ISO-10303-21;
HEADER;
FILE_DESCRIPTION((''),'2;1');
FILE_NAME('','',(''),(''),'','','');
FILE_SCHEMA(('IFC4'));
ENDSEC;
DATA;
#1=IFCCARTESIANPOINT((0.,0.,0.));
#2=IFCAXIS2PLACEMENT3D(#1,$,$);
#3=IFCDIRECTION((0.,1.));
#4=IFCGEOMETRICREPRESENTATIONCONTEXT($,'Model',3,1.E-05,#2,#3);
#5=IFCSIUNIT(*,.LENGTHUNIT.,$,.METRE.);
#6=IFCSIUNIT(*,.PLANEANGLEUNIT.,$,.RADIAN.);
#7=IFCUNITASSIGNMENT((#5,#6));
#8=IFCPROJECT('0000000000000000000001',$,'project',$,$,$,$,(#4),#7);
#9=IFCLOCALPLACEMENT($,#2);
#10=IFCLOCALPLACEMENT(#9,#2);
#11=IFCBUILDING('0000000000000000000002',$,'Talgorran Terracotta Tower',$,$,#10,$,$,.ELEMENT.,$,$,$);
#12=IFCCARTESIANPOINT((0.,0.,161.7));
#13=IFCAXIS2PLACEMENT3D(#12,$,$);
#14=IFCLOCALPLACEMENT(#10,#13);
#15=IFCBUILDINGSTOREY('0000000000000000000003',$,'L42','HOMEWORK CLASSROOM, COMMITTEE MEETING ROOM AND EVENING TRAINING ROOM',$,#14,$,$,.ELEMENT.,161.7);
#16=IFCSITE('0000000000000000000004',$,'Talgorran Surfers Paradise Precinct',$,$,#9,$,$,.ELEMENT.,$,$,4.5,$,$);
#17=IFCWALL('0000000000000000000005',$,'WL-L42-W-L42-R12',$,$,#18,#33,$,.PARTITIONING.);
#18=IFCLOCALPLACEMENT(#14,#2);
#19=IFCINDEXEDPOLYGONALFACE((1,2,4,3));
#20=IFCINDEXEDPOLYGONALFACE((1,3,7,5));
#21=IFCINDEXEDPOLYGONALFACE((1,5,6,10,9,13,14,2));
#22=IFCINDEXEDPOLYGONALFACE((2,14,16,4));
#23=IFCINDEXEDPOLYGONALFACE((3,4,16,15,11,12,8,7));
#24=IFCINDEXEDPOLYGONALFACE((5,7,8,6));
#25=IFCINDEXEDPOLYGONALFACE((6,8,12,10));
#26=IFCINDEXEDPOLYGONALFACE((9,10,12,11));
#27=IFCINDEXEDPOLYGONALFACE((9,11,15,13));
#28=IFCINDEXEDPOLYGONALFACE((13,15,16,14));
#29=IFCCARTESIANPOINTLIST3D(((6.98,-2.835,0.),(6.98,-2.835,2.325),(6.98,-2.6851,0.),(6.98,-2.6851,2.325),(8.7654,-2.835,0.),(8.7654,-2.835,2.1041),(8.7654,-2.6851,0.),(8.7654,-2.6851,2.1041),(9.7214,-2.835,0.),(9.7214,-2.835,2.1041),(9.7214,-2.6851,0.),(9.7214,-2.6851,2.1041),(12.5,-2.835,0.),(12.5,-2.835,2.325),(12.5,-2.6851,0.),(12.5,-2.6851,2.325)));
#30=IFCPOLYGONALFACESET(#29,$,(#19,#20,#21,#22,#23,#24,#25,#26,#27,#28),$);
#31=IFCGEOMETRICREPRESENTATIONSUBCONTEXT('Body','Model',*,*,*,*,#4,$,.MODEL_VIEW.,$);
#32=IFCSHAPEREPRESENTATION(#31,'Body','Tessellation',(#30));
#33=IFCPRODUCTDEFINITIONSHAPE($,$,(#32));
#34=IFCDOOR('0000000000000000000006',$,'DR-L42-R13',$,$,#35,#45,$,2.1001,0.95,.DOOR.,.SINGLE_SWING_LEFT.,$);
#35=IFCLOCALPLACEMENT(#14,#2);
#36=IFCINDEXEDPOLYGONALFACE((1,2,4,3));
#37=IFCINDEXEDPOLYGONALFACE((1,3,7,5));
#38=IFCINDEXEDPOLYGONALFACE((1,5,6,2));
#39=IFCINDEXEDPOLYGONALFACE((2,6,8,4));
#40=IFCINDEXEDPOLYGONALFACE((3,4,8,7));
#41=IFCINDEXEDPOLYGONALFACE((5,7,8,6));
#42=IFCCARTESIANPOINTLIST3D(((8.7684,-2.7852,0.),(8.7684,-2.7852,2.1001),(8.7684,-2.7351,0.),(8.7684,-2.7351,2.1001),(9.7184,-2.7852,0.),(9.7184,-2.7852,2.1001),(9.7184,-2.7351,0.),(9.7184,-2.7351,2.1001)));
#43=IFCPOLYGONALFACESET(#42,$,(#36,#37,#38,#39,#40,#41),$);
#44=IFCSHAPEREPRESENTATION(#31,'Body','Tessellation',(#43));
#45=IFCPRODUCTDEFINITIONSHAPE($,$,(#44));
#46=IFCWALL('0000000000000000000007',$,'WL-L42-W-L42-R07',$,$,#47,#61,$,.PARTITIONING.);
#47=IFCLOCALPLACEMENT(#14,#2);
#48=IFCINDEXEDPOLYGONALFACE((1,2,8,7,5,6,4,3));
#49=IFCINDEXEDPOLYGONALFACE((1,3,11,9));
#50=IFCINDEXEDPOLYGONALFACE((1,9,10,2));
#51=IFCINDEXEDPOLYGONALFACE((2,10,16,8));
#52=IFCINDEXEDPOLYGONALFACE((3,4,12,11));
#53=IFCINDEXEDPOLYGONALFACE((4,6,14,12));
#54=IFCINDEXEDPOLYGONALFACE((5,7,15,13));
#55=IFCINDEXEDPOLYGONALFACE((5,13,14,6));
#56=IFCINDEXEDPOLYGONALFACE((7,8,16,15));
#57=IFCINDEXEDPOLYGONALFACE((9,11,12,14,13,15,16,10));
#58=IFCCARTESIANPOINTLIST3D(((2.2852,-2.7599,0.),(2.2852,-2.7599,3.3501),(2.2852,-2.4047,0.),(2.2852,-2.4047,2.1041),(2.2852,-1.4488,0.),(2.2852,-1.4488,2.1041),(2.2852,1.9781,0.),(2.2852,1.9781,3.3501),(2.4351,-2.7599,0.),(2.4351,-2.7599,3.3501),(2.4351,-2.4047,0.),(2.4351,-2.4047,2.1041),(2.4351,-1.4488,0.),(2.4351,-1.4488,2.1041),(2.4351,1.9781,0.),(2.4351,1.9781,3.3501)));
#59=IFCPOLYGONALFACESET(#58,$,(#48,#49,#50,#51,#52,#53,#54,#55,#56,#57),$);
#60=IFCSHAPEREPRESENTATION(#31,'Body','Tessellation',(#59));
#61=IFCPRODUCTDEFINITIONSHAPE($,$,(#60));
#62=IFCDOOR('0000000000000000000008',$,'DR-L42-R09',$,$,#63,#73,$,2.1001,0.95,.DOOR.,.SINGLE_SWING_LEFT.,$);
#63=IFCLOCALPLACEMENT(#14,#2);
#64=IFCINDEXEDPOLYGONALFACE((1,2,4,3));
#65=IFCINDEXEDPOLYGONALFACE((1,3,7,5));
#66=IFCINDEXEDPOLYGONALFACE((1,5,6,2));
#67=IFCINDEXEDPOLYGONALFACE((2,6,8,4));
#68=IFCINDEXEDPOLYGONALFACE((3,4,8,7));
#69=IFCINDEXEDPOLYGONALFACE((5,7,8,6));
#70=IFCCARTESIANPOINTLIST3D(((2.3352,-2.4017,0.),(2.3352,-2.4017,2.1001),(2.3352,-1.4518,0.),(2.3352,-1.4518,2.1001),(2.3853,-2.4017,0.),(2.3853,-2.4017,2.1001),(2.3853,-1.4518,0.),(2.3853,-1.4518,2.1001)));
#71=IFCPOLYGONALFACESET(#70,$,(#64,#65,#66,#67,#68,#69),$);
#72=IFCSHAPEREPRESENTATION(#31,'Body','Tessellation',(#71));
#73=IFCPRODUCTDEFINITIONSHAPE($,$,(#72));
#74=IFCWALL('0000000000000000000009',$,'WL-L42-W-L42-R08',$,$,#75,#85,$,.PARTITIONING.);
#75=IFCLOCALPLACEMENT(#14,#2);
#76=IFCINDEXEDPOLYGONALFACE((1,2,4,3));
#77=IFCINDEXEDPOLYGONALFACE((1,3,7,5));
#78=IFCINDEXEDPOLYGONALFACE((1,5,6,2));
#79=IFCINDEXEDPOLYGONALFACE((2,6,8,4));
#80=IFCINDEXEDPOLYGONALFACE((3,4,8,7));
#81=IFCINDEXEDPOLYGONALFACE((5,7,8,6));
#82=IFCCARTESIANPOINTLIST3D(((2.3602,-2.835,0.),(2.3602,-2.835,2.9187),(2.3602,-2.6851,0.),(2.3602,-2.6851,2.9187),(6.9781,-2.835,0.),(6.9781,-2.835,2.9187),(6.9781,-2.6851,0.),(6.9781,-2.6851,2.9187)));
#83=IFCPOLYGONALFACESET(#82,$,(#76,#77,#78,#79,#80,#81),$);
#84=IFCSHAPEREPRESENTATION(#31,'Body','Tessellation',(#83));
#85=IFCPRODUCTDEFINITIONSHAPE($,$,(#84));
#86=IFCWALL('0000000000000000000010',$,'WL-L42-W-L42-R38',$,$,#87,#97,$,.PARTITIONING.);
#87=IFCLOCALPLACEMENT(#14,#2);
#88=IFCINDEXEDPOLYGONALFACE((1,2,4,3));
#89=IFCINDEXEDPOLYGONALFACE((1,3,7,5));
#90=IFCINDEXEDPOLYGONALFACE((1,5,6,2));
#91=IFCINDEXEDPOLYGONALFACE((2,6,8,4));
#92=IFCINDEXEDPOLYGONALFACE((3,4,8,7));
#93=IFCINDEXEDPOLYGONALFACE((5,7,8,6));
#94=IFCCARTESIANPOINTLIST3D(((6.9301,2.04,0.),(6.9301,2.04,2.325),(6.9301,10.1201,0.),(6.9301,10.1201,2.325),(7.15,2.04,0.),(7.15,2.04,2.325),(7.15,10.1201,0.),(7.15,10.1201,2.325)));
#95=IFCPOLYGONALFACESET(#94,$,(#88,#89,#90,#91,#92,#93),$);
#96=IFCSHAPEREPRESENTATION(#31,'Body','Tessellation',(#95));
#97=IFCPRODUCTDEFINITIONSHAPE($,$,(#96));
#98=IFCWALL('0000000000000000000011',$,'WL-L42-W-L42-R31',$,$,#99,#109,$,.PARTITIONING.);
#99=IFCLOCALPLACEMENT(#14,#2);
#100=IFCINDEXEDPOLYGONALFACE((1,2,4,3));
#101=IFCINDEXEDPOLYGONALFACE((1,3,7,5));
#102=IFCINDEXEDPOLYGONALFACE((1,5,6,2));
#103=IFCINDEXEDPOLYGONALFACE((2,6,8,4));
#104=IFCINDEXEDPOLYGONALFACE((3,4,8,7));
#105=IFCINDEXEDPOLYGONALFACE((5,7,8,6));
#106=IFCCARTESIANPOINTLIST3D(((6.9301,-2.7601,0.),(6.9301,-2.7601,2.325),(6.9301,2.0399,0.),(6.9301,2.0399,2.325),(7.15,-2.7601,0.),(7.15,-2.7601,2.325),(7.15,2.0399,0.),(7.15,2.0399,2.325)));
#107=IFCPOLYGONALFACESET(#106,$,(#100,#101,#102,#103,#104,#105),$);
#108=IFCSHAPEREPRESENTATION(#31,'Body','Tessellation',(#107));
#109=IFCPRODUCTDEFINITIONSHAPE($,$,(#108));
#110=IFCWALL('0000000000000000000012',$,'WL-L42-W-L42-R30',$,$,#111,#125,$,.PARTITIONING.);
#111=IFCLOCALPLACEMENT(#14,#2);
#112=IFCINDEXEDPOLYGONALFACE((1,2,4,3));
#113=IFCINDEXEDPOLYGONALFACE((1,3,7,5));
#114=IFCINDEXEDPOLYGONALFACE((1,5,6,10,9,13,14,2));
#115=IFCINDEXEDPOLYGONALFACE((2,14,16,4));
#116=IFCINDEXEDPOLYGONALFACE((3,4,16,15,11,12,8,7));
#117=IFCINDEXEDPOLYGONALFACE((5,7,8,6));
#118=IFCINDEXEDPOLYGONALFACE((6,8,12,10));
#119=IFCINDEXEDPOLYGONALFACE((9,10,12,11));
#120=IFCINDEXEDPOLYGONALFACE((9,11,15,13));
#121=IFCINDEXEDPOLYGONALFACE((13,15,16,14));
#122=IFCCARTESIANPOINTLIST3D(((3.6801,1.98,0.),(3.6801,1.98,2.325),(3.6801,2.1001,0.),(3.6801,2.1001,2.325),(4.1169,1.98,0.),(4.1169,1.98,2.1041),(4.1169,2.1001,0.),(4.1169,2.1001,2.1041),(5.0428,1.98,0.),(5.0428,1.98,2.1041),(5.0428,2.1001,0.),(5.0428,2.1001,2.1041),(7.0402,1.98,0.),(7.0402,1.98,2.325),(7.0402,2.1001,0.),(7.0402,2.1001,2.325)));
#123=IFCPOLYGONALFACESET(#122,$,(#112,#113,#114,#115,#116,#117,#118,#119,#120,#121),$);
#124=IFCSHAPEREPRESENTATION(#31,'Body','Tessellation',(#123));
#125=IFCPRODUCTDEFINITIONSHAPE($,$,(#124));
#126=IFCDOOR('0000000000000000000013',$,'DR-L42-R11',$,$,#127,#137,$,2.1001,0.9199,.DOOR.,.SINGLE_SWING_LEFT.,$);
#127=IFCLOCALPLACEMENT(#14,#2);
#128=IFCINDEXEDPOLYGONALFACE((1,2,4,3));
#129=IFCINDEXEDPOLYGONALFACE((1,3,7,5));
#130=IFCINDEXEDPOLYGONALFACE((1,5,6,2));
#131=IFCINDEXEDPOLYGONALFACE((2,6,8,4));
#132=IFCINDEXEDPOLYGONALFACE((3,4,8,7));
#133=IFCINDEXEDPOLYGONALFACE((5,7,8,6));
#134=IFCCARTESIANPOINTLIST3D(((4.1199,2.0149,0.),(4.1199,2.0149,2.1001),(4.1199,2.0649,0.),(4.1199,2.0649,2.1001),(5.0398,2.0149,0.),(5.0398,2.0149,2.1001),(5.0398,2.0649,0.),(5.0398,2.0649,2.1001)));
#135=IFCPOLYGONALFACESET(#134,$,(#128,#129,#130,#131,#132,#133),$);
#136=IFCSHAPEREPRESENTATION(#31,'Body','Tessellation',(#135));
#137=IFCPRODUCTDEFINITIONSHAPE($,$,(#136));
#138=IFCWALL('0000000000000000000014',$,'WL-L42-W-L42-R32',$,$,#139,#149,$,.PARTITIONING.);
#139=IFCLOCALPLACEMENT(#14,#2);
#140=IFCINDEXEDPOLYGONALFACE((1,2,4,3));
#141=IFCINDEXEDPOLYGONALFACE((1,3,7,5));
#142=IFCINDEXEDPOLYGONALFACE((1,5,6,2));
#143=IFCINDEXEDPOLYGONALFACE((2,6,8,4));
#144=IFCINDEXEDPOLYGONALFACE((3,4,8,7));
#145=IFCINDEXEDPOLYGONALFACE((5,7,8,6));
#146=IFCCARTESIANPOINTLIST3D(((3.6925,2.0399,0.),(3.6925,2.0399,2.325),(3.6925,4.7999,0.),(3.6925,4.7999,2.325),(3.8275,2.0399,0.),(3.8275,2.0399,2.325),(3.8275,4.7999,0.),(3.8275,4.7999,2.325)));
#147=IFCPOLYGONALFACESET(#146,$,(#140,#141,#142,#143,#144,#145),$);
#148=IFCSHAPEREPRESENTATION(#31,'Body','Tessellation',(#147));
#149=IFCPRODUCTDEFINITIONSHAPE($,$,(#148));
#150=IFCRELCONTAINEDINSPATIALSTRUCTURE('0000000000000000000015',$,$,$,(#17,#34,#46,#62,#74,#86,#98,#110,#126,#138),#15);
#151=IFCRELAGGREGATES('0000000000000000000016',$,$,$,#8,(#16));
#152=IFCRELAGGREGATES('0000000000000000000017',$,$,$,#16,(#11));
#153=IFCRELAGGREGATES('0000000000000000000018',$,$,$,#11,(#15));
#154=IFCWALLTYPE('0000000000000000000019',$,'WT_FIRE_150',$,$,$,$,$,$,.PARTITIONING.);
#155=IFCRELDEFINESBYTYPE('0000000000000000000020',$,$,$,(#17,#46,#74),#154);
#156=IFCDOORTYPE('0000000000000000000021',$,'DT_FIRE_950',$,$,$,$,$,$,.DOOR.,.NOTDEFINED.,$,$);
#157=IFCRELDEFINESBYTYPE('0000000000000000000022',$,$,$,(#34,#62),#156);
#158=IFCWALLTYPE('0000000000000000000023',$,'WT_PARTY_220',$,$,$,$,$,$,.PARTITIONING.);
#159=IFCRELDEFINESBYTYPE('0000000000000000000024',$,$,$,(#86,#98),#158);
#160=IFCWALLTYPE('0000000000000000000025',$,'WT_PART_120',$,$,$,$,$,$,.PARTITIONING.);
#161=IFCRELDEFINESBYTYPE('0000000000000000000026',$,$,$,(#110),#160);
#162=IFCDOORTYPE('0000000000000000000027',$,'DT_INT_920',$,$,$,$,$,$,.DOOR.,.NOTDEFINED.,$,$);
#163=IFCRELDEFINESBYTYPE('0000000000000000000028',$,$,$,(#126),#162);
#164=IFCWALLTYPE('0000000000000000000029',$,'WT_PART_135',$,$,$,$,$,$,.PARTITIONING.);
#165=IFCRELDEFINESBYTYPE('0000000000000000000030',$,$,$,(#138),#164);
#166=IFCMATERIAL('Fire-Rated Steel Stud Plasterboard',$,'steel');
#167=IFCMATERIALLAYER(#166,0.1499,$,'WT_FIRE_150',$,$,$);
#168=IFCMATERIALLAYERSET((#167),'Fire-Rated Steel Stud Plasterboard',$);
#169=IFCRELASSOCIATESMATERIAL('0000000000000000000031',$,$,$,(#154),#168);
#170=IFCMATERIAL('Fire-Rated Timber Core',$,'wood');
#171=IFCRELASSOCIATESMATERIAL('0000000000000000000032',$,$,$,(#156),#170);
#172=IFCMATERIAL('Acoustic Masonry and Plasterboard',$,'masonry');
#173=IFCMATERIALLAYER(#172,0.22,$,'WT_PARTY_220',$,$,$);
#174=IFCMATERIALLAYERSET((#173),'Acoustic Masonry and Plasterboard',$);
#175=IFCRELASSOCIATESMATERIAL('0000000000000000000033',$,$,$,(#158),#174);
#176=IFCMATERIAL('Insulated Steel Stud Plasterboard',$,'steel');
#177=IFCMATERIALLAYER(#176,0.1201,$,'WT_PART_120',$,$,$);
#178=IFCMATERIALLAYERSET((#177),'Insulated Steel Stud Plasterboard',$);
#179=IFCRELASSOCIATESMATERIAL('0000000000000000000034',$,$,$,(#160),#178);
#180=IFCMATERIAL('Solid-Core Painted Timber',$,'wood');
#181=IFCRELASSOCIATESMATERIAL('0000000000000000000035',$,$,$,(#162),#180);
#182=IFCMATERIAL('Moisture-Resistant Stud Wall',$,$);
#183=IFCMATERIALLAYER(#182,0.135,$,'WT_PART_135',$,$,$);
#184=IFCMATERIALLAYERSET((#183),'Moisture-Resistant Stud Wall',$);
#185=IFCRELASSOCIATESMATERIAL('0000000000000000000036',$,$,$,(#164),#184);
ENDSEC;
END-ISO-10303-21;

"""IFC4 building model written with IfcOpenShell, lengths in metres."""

from ifc_helpers import new_model, si_unit, direction, frame, frame_2d, origin, place, context, subcontext, project, spatial, rectangle, extrude, material, layer, layer_set, type_object, element, fill, save


model = new_model("IFC4")

# Units and contexts
model_context = context("Model", 3, precision=1e-05, world=origin(), true_north=direction((0.0, 1.0)))
body_context = subcontext(model_context, "Body", "Model", "MODEL_VIEW")
ifc_project = project(units=[si_unit("LENGTHUNIT", "METRE"), si_unit("PLANEANGLEUNIT", "RADIAN")], contexts=[model_context])

# Site, building, storey
site_placement = place(None, origin())
site = spatial("IfcSite", under=ifc_project, at=site_placement, Name="Talgorran Surfers Paradise Precinct", CompositionType="ELEMENT", RefElevation=4.5)
building_placement = place(site_placement, origin())
building = spatial("IfcBuilding", under=site, at=building_placement, Name="Talgorran Terracotta Tower", CompositionType="ELEMENT")
storey_placement = place(building_placement, frame((0.0, 0.0, 161.7)))
storey = spatial("IfcBuildingStorey", under=building, at=storey_placement, Name="L42", Description="HOMEWORK CLASSROOM, COMMITTEE MEETING ROOM AND EVENING TRAINING ROOM", CompositionType="ELEMENT", Elevation=161.7)

# Shared definitions
ifc_material_1 = material(Name="Fire-Rated Steel Stud Plasterboard", Category="steel")
ifc_layer_1 = layer(ifc_material_1, 0.1499, Name="WT_FIRE_150")
ifc_layer_set_1 = layer_set([ifc_layer_1], Name="Fire-Rated Steel Stud Plasterboard")
wall_type_1 = type_object("IfcWallType", Name="WT_FIRE_150", PredefinedType="PARTITIONING", material=ifc_layer_set_1)

# Walls, openings, doors
wall_1_placement = place(storey_placement, frame((6.98, -2.76, 0.0), z_axis=(0.0, 0.0, 1.0), x_axis=(1.0, 0.0, 0.0)))
wall_1 = element("IfcWall", 1, at=wall_1_placement, inside=storey, type_object=wall_type_1, Name="WL-L42-W-L42-R12", PredefinedType="PARTITIONING", context=body_context, shape_type="SweptSolid", body=[
    extrude(rectangle(XDim=5.52, YDim=0.1499, at=frame_2d((2.76, 0.0))), origin(), (0.0, 0.0, 1.0), 2.325),
])
opening_1_placement = place(wall_1_placement, frame((1.7883, 0.0, 0.0)))
opening_1 = element("IfcOpeningElement", 2, at=opening_1_placement, cuts=wall_1, PredefinedType="OPENING", context=body_context, shape_type="SweptSolid", body=[
    extrude(rectangle(XDim=0.956, YDim=2.1041, at=frame_2d((0.4751, 1.052))), frame((0.0, 0.085, 0.0), z_axis=(0.0, -1.0, 0.0), x_axis=(1.0, 0.0, 0.0)), (0.0, 0.0, 1.0), 0.1699),
])
ifc_material_2 = material(Name="Fire-Rated Timber Core", Category="wood")
door_type_1 = type_object("IfcDoorType", Name="DT_FIRE_950", OperationType="NOTDEFINED", PredefinedType="DOOR", material=ifc_material_2)
door_1_placement = place(opening_1_placement, origin())
door_1 = element("IfcDoor", 3, at=door_1_placement, inside=storey, type_object=door_type_1, Name="DR-L42-R13", OperationType="SINGLE_SWING_LEFT", OverallHeight=2.1001, OverallWidth=0.95, PredefinedType="DOOR", context=body_context, shape_type="SweptSolid", body=[
    extrude(rectangle(XDim=0.95, YDim=2.1001, at=frame_2d((0.4751, 1.05))), frame((0.0, 0.0249, 0.0), z_axis=(0.0, -1.0, 0.0), x_axis=(1.0, 0.0, 0.0)), (0.0, 0.0, 1.0), 0.05),
])
fill(opening_1, door_1)
wall_2_placement = place(storey_placement, frame((2.3601, -2.76, 0.0), z_axis=(0.0, 0.0, 1.0), x_axis=(0.0, 1.0, 0.0)))
wall_2 = element("IfcWall", 4, at=wall_2_placement, inside=storey, type_object=wall_type_1, Name="WL-L42-W-L42-R07", PredefinedType="PARTITIONING", context=body_context, shape_type="SweptSolid", body=[
    extrude(rectangle(XDim=4.738, YDim=0.1499, at=frame_2d((2.3691, 0.0))), origin(), (0.0, 0.0, 1.0), 3.3501),
])
opening_2_placement = place(wall_2_placement, frame((0.3582, 0.0, 0.0)))
opening_2 = element("IfcOpeningElement", 5, at=opening_2_placement, cuts=wall_2, PredefinedType="OPENING", context=body_context, shape_type="SweptSolid", body=[
    extrude(rectangle(XDim=0.956, YDim=2.1041, at=frame_2d((0.4751, 1.052))), frame((0.0, 0.085, 0.0), z_axis=(0.0, -1.0, 0.0), x_axis=(1.0, 0.0, 0.0)), (0.0, 0.0, 1.0), 0.1699),
])
door_2_placement = place(opening_2_placement, origin())
door_2 = element("IfcDoor", 6, at=door_2_placement, inside=storey, type_object=door_type_1, Name="DR-L42-R09", OperationType="SINGLE_SWING_LEFT", OverallHeight=2.1001, OverallWidth=0.95, PredefinedType="DOOR", context=body_context, shape_type="SweptSolid", body=[
    extrude(rectangle(XDim=0.95, YDim=2.1001, at=frame_2d((0.4751, 1.05))), frame((0.0, 0.0249, 0.0), z_axis=(0.0, -1.0, 0.0), x_axis=(1.0, 0.0, 0.0)), (0.0, 0.0, 1.0), 0.05),
])
fill(opening_2, door_2)

# Walls
wall_3_placement = place(storey_placement, frame((2.3601, -2.76, 0.0), z_axis=(0.0, 0.0, 1.0), x_axis=(1.0, 0.0, 0.0)))
element("IfcWall", 7, at=wall_3_placement, inside=storey, type_object=wall_type_1, Name="WL-L42-W-L42-R08", PredefinedType="PARTITIONING", context=body_context, shape_type="SweptSolid", body=[
    extrude(rectangle(XDim=4.6179, YDim=0.1499, at=frame_2d((2.3091, 0.0))), origin(), (0.0, 0.0, 1.0), 2.9187),
])
ifc_material_3 = material(Name="Acoustic Masonry and Plasterboard", Category="masonry")
ifc_layer_2 = layer(ifc_material_3, 0.22, Name="WT_PARTY_220")
ifc_layer_set_2 = layer_set([ifc_layer_2], Name="Acoustic Masonry and Plasterboard")
wall_type_2 = type_object("IfcWallType", Name="WT_PARTY_220", PredefinedType="PARTITIONING", material=ifc_layer_set_2)
wall_4_placement = place(storey_placement, frame((7.04, 2.04, 0.0), z_axis=(0.0, 0.0, 1.0), x_axis=(0.0, 1.0, 0.0)))
element("IfcWall", 8, at=wall_4_placement, inside=storey, type_object=wall_type_2, Name="WL-L42-W-L42-R38", PredefinedType="PARTITIONING", context=body_context, shape_type="SweptSolid", body=[
    extrude(rectangle(XDim=8.0801, YDim=0.22, at=frame_2d((4.04, 0.0))), origin(), (0.0, 0.0, 1.0), 2.325),
])
wall_5_placement = place(storey_placement, frame((7.04, -2.76, 0.0), z_axis=(0.0, 0.0, 1.0), x_axis=(0.0, 1.0, 0.0)))
element("IfcWall", 9, at=wall_5_placement, inside=storey, type_object=wall_type_2, Name="WL-L42-W-L42-R31", PredefinedType="PARTITIONING", context=body_context, shape_type="SweptSolid", body=[
    extrude(rectangle(XDim=4.8, YDim=0.22, at=frame_2d((2.3999, 0.0))), origin(), (0.0, 0.0, 1.0), 2.325),
])

# Wall, opening, door
ifc_material_4 = material(Name="Insulated Steel Stud Plasterboard", Category="steel")
ifc_layer_3 = layer(ifc_material_4, 0.1201, Name="WT_PART_120")
ifc_layer_set_3 = layer_set([ifc_layer_3], Name="Insulated Steel Stud Plasterboard")
wall_type_3 = type_object("IfcWallType", Name="WT_PART_120", PredefinedType="PARTITIONING", material=ifc_layer_set_3)
wall_6_placement = place(storey_placement, frame((3.6799, 2.04, 0.0), z_axis=(0.0, 0.0, 1.0), x_axis=(1.0, 0.0, 0.0)))
wall_6 = element("IfcWall", 10, at=wall_6_placement, inside=storey, type_object=wall_type_3, Name="WL-L42-W-L42-R30", PredefinedType="PARTITIONING", context=body_context, shape_type="SweptSolid", body=[
    extrude(rectangle(XDim=3.3601, YDim=0.1201, at=frame_2d((1.6802, 0.0))), origin(), (0.0, 0.0, 1.0), 2.325),
])
opening_3_placement = place(wall_6_placement, frame((0.4399, 0.0, 0.0)))
opening_3 = element("IfcOpeningElement", 11, at=opening_3_placement, cuts=wall_6, PredefinedType="OPENING", context=body_context, shape_type="SweptSolid", body=[
    extrude(rectangle(XDim=0.9259, YDim=2.1041, at=frame_2d((0.46, 1.052))), frame((0.0, 0.0701, 0.0), z_axis=(0.0, -1.0, 0.0), x_axis=(1.0, 0.0, 0.0)), (0.0, 0.0, 1.0), 0.1401),
])
ifc_material_5 = material(Name="Solid-Core Painted Timber", Category="wood")
door_type_2 = type_object("IfcDoorType", Name="DT_INT_920", OperationType="NOTDEFINED", PredefinedType="DOOR", material=ifc_material_5)
door_3_placement = place(opening_3_placement, origin())
door_3 = element("IfcDoor", 12, at=door_3_placement, inside=storey, type_object=door_type_2, Name="DR-L42-R11", OperationType="SINGLE_SWING_LEFT", OverallHeight=2.1001, OverallWidth=0.9199, PredefinedType="DOOR", context=body_context, shape_type="SweptSolid", body=[
    extrude(rectangle(XDim=0.9199, YDim=2.1001, at=frame_2d((0.46, 1.05))), frame((0.0, 0.0249, 0.0), z_axis=(0.0, -1.0, 0.0), x_axis=(1.0, 0.0, 0.0)), (0.0, 0.0, 1.0), 0.05),
])
fill(opening_3, door_3)

# Wall
ifc_material_6 = material(Name="Moisture-Resistant Stud Wall")
ifc_layer_4 = layer(ifc_material_6, 0.135, Name="WT_PART_135")
ifc_layer_set_4 = layer_set([ifc_layer_4], Name="Moisture-Resistant Stud Wall")
wall_type_4 = type_object("IfcWallType", Name="WT_PART_135", PredefinedType="PARTITIONING", material=ifc_layer_set_4)
wall_7_placement = place(storey_placement, frame((3.76, 2.04, 0.0), z_axis=(0.0, 0.0, 1.0), x_axis=(0.0, 1.0, 0.0)))
element("IfcWall", 13, at=wall_7_placement, inside=storey, type_object=wall_type_4, Name="WL-L42-W-L42-R32", PredefinedType="PARTITIONING", context=body_context, shape_type="SweptSolid", body=[
    extrude(rectangle(XDim=2.76, YDim=0.135, at=frame_2d((1.3799, 0.0))), origin(), (0.0, 0.0, 1.0), 2.325),
])

save(model, "model.ifc")
